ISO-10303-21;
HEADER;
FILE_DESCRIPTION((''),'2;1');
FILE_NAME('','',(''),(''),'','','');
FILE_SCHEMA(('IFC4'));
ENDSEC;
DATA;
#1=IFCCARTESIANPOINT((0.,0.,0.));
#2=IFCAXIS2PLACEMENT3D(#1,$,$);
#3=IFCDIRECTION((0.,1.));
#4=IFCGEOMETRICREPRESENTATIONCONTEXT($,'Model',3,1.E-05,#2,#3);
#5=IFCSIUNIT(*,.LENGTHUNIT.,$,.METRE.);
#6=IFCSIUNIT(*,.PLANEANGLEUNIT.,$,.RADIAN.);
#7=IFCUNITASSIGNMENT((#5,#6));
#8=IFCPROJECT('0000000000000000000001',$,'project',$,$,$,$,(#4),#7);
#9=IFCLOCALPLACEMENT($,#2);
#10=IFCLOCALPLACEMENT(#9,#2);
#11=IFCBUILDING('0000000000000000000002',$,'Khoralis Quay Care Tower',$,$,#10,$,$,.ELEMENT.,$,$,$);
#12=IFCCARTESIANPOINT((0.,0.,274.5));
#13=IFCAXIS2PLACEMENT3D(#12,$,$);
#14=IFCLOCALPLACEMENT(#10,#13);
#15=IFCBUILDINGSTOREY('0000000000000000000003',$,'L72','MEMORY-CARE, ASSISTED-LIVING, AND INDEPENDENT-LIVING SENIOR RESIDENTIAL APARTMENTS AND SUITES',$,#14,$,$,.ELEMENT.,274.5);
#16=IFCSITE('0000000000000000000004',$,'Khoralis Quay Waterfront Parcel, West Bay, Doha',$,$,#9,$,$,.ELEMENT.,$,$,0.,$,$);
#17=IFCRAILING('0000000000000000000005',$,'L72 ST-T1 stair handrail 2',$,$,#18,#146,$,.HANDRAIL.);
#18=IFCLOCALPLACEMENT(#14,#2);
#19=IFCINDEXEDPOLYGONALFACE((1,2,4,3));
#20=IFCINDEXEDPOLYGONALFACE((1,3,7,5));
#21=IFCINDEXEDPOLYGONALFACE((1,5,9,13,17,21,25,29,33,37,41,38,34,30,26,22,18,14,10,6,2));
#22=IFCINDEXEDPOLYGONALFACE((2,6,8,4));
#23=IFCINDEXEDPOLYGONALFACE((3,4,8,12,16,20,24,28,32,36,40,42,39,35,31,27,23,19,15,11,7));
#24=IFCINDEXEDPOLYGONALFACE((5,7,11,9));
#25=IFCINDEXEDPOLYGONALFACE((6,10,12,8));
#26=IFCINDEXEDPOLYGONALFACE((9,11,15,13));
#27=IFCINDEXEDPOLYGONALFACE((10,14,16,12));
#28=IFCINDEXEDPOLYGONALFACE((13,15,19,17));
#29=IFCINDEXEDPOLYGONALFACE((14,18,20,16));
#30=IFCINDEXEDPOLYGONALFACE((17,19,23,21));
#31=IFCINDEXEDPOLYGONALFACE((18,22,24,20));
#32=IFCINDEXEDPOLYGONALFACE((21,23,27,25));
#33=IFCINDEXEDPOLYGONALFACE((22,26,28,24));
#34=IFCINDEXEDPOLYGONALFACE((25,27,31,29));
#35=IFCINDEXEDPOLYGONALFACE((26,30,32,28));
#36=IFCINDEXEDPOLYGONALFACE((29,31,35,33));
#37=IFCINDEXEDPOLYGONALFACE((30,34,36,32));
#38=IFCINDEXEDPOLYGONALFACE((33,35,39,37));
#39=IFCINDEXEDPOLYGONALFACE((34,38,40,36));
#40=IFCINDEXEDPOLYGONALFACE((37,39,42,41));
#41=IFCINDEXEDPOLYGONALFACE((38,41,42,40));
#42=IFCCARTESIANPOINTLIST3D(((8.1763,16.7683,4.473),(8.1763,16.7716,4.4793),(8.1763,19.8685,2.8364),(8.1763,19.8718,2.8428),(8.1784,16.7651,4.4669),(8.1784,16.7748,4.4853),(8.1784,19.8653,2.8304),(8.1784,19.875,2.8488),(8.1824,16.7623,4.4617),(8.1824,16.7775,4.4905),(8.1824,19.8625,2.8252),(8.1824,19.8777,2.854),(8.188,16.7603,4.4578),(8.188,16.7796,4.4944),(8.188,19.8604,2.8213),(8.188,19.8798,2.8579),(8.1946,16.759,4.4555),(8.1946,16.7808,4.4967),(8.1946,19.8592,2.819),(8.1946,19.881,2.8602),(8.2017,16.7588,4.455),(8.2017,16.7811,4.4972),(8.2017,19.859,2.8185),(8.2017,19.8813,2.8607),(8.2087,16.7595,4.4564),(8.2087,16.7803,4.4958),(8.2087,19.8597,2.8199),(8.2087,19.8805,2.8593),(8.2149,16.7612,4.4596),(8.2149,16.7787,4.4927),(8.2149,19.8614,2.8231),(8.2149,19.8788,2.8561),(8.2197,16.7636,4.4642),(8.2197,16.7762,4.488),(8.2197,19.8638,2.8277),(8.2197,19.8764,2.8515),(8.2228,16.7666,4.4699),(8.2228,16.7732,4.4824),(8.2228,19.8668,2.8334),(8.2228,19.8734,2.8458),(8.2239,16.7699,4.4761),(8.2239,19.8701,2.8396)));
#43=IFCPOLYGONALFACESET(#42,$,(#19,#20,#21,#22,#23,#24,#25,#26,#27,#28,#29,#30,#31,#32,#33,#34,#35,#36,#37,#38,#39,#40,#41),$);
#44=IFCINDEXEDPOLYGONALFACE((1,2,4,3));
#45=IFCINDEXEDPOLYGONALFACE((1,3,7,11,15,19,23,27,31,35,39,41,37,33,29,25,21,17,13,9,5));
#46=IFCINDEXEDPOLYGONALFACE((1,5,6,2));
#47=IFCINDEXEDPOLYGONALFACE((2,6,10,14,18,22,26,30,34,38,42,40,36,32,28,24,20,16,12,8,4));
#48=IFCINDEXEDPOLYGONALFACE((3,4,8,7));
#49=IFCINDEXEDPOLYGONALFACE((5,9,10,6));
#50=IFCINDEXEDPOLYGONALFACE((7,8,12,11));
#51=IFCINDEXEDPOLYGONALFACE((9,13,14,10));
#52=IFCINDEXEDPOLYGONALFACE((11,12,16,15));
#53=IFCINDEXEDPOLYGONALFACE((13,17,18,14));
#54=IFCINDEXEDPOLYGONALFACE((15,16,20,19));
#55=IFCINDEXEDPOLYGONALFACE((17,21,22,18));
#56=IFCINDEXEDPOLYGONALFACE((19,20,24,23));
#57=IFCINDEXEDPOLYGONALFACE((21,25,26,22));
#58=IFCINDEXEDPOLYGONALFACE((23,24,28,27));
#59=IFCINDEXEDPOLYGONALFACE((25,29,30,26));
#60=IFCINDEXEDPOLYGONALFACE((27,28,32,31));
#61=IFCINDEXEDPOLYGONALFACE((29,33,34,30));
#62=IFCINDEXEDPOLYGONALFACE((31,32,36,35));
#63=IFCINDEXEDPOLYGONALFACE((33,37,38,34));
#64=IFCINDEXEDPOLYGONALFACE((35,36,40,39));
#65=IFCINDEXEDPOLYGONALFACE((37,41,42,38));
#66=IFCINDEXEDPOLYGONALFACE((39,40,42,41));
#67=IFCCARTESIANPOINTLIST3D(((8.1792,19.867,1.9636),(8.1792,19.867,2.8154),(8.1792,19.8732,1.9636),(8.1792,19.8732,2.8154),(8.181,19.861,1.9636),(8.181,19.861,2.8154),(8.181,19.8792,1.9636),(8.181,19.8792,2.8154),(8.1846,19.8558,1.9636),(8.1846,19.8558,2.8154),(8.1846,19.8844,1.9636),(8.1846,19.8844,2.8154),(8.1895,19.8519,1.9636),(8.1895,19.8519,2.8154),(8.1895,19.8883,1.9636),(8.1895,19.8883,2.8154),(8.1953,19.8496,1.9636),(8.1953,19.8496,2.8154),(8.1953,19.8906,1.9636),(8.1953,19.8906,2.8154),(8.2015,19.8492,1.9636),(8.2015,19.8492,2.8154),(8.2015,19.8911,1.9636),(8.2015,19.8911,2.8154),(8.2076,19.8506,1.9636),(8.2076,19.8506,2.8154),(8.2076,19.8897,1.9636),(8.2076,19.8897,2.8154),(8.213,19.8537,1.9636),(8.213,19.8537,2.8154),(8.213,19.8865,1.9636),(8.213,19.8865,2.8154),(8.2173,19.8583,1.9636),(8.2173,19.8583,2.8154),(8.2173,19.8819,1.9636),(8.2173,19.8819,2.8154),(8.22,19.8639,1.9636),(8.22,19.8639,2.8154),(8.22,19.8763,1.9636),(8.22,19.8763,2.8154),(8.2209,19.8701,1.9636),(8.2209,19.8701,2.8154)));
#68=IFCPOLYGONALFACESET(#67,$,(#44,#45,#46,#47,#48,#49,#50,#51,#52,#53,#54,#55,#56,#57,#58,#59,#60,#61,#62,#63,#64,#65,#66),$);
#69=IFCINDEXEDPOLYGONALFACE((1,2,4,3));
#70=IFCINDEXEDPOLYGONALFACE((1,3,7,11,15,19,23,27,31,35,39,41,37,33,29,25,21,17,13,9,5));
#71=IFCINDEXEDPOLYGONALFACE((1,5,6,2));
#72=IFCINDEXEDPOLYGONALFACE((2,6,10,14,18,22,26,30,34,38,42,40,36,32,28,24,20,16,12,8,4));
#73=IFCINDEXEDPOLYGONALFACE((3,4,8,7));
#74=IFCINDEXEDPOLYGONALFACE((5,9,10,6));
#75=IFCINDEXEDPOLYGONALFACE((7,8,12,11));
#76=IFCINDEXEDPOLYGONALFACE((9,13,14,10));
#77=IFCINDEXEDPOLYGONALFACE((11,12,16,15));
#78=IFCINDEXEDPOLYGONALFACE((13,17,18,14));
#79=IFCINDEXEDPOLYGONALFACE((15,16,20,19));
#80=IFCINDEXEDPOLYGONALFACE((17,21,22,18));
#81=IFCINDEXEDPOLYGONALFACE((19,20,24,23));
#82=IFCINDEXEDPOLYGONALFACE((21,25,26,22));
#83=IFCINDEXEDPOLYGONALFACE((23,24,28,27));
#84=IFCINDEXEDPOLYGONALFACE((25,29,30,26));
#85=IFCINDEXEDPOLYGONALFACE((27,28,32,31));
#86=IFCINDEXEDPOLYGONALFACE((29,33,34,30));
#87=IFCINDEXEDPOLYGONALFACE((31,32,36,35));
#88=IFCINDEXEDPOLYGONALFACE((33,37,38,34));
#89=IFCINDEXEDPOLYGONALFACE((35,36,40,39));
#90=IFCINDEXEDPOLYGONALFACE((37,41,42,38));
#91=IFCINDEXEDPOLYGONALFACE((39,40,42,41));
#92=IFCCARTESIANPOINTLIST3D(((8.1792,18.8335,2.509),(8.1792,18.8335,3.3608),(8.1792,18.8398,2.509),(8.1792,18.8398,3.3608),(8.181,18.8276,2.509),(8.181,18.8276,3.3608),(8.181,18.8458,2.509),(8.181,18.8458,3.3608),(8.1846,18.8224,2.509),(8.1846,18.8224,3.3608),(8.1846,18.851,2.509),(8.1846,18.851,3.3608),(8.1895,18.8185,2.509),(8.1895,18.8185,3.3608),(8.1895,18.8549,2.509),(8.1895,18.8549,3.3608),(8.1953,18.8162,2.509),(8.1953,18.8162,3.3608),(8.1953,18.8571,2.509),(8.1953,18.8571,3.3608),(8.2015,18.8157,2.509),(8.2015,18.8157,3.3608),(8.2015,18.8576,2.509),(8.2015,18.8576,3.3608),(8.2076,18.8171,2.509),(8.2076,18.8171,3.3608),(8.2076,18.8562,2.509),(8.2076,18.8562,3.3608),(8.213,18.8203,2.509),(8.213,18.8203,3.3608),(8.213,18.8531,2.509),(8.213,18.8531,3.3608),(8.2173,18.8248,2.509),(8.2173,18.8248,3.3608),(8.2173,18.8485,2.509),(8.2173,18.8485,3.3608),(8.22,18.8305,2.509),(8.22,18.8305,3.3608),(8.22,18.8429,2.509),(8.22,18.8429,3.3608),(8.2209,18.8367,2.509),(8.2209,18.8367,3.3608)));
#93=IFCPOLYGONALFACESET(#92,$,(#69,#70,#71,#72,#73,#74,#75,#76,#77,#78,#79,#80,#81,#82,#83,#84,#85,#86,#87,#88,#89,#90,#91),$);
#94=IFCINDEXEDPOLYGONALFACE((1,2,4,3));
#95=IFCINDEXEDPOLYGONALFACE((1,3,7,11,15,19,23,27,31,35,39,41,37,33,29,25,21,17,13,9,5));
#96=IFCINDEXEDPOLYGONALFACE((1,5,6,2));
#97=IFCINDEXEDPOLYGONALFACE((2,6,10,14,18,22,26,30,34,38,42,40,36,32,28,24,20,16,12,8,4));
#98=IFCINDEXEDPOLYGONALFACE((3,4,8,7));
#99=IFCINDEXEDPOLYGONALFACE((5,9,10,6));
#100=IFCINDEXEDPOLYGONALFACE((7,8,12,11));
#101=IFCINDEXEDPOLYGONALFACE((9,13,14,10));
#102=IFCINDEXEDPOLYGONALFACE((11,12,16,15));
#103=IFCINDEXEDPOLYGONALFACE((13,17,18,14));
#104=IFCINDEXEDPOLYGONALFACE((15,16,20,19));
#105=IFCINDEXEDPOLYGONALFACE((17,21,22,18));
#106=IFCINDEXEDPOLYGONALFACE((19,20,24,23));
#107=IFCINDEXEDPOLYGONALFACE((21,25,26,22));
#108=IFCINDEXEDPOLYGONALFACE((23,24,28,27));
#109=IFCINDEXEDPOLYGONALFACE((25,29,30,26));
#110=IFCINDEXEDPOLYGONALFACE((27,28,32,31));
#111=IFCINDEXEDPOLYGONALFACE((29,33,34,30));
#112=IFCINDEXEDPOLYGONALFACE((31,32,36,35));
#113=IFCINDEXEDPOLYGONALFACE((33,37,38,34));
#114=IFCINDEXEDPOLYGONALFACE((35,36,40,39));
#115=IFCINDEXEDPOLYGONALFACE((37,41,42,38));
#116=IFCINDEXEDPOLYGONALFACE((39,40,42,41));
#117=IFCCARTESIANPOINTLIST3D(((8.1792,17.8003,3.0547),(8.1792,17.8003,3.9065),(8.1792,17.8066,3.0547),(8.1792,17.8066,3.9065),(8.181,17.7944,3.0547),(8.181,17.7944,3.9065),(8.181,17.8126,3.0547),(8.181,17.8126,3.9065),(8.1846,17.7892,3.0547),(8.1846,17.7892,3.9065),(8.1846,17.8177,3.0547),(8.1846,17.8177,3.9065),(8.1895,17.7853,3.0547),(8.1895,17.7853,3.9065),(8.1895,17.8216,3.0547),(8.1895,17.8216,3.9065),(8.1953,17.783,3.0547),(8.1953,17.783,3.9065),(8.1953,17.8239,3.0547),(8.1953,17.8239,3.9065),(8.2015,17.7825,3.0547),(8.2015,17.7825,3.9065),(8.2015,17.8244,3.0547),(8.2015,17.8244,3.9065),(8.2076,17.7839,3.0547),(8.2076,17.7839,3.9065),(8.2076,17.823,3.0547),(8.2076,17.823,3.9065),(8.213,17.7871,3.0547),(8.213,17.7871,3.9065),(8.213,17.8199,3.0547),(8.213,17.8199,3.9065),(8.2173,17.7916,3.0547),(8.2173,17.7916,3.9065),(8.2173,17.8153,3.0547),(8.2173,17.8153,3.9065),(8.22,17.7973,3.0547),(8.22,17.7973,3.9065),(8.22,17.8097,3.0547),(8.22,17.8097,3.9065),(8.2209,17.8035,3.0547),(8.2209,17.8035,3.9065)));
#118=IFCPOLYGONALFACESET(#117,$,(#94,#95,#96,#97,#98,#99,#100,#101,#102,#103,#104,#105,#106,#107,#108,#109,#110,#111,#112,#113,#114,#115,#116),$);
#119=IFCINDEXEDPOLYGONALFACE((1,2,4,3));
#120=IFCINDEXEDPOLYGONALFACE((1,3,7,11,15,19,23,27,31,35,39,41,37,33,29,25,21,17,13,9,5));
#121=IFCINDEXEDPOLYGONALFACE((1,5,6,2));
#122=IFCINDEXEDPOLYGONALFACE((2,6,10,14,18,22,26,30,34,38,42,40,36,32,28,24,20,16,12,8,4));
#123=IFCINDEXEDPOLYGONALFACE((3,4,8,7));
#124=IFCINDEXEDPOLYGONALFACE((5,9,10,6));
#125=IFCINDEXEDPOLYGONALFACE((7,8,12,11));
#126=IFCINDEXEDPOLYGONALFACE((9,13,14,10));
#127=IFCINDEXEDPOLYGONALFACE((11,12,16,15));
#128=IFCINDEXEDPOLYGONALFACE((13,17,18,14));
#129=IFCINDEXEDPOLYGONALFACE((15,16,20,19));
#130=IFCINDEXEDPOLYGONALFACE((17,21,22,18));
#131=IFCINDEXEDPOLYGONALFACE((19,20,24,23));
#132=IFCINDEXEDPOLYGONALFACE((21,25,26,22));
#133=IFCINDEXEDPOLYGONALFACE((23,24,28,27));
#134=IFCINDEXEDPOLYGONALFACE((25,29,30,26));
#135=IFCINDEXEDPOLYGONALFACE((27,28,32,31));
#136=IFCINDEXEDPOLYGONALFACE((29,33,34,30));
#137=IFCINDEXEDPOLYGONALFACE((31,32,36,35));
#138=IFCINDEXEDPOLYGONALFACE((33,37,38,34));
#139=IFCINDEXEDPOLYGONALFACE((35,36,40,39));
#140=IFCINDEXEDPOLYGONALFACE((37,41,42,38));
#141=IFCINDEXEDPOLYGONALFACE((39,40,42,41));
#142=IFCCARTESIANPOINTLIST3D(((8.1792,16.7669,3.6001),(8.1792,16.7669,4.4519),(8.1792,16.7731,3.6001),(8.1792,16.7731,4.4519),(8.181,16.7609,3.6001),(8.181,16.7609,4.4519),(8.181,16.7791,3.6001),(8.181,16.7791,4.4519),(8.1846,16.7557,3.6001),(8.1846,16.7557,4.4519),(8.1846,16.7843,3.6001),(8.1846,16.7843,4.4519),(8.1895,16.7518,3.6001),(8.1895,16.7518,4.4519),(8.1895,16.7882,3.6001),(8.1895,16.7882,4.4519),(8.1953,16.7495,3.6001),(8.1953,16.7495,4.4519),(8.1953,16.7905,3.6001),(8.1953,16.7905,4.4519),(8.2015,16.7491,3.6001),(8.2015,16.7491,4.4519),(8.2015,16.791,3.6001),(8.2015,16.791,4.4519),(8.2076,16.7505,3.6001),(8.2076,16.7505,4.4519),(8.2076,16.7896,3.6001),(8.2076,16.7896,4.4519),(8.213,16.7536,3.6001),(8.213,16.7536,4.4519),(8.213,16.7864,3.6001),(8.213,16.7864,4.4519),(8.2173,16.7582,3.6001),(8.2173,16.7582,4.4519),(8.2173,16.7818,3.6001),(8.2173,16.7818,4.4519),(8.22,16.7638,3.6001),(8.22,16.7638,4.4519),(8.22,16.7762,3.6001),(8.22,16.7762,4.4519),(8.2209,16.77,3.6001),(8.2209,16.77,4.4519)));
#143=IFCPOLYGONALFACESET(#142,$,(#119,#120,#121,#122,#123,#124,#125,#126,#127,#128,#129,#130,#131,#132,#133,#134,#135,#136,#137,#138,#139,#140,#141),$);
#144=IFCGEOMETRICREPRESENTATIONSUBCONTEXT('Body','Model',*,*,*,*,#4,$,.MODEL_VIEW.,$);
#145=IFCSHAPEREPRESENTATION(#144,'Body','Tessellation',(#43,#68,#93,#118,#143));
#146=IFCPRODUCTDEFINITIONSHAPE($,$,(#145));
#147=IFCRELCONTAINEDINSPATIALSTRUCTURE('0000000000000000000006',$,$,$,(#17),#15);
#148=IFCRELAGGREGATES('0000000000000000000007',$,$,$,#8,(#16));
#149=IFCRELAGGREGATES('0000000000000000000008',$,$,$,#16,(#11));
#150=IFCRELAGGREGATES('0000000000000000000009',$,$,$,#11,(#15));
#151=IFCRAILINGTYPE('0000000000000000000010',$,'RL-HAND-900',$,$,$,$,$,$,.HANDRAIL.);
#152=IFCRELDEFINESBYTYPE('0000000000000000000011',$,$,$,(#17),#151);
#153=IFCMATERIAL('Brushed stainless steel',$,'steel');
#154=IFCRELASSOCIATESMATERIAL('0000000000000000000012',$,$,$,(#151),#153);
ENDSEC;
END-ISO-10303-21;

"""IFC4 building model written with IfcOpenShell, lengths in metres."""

from ifc_helpers import new_model, si_unit, direction, frame, origin, origin_2d, place, context, subcontext, project, spatial, circle, extrude, material, type_object, element, save


model = new_model("IFC4")

# Units and contexts
model_context = context("Model", 3, precision=1e-05, world=origin(), true_north=direction((0.0, 1.0)))
body_context = subcontext(model_context, "Body", "Model", "MODEL_VIEW")
ifc_project = project(units=[si_unit("LENGTHUNIT", "METRE"), si_unit("PLANEANGLEUNIT", "RADIAN")], contexts=[model_context])

# Site, building, storey
site_placement = place(None, origin())
site = spatial("IfcSite", under=ifc_project, at=site_placement, Name="Khoralis Quay Waterfront Parcel, West Bay, Doha", CompositionType="ELEMENT", RefElevation=0.0)
building_placement = place(site_placement, origin())
building = spatial("IfcBuilding", under=site, at=building_placement, Name="Khoralis Quay Care Tower", CompositionType="ELEMENT")
storey_placement = place(building_placement, frame((0.0, 0.0, 274.5)))
storey = spatial("IfcBuildingStorey", under=building, at=storey_placement, Name="L72", Description="MEMORY-CARE, ASSISTED-LIVING, AND INDEPENDENT-LIVING SENIOR RESIDENTIAL APARTMENTS AND SUITES", CompositionType="ELEMENT", Elevation=274.5)

# Shared definitions
ifc_material_1 = material(Name="Brushed stainless steel", Category="steel")

# Railing
railing_type_1 = type_object("IfcRailingType", Name="RL-HAND-900", PredefinedType="HANDRAIL", material=ifc_material_1)
railing_1_placement = place(storey_placement, frame((8.2, 19.8701, 1.9636)))
element("IfcRailing", 1, at=railing_1_placement, inside=storey, type_object=railing_type_1, Name="L72 ST-T1 stair handrail 2", PredefinedType="HANDRAIL", context=body_context, shape_type="SweptSolid", body=[
    extrude(circle(Radius=0.0239, at=origin_2d()), frame((0.0, 0.0, 0.876), z_axis=(0.0, -0.884348, 0.466828), x_axis=(1.0, 0.0, 0.0)), (0.0, 0.0, 1.0), 3.5056),
    extrude(circle(Radius=0.021, at=origin_2d()), origin(), (0.0, 0.0, 1.0), 0.8518),
    extrude(circle(Radius=0.021, at=origin_2d()), frame((0.0, -1.0334, 0.5454)), (0.0, 0.0, 1.0), 0.8518),
    extrude(circle(Radius=0.021, at=origin_2d()), frame((0.0, -2.0667, 1.0911)), (0.0, 0.0, 1.0), 0.8518),
    extrude(circle(Radius=0.021, at=origin_2d()), frame((0.0, -3.1001, 1.6365)), (0.0, 0.0, 1.0), 0.8518),
])

save(model, "model.ifc")
